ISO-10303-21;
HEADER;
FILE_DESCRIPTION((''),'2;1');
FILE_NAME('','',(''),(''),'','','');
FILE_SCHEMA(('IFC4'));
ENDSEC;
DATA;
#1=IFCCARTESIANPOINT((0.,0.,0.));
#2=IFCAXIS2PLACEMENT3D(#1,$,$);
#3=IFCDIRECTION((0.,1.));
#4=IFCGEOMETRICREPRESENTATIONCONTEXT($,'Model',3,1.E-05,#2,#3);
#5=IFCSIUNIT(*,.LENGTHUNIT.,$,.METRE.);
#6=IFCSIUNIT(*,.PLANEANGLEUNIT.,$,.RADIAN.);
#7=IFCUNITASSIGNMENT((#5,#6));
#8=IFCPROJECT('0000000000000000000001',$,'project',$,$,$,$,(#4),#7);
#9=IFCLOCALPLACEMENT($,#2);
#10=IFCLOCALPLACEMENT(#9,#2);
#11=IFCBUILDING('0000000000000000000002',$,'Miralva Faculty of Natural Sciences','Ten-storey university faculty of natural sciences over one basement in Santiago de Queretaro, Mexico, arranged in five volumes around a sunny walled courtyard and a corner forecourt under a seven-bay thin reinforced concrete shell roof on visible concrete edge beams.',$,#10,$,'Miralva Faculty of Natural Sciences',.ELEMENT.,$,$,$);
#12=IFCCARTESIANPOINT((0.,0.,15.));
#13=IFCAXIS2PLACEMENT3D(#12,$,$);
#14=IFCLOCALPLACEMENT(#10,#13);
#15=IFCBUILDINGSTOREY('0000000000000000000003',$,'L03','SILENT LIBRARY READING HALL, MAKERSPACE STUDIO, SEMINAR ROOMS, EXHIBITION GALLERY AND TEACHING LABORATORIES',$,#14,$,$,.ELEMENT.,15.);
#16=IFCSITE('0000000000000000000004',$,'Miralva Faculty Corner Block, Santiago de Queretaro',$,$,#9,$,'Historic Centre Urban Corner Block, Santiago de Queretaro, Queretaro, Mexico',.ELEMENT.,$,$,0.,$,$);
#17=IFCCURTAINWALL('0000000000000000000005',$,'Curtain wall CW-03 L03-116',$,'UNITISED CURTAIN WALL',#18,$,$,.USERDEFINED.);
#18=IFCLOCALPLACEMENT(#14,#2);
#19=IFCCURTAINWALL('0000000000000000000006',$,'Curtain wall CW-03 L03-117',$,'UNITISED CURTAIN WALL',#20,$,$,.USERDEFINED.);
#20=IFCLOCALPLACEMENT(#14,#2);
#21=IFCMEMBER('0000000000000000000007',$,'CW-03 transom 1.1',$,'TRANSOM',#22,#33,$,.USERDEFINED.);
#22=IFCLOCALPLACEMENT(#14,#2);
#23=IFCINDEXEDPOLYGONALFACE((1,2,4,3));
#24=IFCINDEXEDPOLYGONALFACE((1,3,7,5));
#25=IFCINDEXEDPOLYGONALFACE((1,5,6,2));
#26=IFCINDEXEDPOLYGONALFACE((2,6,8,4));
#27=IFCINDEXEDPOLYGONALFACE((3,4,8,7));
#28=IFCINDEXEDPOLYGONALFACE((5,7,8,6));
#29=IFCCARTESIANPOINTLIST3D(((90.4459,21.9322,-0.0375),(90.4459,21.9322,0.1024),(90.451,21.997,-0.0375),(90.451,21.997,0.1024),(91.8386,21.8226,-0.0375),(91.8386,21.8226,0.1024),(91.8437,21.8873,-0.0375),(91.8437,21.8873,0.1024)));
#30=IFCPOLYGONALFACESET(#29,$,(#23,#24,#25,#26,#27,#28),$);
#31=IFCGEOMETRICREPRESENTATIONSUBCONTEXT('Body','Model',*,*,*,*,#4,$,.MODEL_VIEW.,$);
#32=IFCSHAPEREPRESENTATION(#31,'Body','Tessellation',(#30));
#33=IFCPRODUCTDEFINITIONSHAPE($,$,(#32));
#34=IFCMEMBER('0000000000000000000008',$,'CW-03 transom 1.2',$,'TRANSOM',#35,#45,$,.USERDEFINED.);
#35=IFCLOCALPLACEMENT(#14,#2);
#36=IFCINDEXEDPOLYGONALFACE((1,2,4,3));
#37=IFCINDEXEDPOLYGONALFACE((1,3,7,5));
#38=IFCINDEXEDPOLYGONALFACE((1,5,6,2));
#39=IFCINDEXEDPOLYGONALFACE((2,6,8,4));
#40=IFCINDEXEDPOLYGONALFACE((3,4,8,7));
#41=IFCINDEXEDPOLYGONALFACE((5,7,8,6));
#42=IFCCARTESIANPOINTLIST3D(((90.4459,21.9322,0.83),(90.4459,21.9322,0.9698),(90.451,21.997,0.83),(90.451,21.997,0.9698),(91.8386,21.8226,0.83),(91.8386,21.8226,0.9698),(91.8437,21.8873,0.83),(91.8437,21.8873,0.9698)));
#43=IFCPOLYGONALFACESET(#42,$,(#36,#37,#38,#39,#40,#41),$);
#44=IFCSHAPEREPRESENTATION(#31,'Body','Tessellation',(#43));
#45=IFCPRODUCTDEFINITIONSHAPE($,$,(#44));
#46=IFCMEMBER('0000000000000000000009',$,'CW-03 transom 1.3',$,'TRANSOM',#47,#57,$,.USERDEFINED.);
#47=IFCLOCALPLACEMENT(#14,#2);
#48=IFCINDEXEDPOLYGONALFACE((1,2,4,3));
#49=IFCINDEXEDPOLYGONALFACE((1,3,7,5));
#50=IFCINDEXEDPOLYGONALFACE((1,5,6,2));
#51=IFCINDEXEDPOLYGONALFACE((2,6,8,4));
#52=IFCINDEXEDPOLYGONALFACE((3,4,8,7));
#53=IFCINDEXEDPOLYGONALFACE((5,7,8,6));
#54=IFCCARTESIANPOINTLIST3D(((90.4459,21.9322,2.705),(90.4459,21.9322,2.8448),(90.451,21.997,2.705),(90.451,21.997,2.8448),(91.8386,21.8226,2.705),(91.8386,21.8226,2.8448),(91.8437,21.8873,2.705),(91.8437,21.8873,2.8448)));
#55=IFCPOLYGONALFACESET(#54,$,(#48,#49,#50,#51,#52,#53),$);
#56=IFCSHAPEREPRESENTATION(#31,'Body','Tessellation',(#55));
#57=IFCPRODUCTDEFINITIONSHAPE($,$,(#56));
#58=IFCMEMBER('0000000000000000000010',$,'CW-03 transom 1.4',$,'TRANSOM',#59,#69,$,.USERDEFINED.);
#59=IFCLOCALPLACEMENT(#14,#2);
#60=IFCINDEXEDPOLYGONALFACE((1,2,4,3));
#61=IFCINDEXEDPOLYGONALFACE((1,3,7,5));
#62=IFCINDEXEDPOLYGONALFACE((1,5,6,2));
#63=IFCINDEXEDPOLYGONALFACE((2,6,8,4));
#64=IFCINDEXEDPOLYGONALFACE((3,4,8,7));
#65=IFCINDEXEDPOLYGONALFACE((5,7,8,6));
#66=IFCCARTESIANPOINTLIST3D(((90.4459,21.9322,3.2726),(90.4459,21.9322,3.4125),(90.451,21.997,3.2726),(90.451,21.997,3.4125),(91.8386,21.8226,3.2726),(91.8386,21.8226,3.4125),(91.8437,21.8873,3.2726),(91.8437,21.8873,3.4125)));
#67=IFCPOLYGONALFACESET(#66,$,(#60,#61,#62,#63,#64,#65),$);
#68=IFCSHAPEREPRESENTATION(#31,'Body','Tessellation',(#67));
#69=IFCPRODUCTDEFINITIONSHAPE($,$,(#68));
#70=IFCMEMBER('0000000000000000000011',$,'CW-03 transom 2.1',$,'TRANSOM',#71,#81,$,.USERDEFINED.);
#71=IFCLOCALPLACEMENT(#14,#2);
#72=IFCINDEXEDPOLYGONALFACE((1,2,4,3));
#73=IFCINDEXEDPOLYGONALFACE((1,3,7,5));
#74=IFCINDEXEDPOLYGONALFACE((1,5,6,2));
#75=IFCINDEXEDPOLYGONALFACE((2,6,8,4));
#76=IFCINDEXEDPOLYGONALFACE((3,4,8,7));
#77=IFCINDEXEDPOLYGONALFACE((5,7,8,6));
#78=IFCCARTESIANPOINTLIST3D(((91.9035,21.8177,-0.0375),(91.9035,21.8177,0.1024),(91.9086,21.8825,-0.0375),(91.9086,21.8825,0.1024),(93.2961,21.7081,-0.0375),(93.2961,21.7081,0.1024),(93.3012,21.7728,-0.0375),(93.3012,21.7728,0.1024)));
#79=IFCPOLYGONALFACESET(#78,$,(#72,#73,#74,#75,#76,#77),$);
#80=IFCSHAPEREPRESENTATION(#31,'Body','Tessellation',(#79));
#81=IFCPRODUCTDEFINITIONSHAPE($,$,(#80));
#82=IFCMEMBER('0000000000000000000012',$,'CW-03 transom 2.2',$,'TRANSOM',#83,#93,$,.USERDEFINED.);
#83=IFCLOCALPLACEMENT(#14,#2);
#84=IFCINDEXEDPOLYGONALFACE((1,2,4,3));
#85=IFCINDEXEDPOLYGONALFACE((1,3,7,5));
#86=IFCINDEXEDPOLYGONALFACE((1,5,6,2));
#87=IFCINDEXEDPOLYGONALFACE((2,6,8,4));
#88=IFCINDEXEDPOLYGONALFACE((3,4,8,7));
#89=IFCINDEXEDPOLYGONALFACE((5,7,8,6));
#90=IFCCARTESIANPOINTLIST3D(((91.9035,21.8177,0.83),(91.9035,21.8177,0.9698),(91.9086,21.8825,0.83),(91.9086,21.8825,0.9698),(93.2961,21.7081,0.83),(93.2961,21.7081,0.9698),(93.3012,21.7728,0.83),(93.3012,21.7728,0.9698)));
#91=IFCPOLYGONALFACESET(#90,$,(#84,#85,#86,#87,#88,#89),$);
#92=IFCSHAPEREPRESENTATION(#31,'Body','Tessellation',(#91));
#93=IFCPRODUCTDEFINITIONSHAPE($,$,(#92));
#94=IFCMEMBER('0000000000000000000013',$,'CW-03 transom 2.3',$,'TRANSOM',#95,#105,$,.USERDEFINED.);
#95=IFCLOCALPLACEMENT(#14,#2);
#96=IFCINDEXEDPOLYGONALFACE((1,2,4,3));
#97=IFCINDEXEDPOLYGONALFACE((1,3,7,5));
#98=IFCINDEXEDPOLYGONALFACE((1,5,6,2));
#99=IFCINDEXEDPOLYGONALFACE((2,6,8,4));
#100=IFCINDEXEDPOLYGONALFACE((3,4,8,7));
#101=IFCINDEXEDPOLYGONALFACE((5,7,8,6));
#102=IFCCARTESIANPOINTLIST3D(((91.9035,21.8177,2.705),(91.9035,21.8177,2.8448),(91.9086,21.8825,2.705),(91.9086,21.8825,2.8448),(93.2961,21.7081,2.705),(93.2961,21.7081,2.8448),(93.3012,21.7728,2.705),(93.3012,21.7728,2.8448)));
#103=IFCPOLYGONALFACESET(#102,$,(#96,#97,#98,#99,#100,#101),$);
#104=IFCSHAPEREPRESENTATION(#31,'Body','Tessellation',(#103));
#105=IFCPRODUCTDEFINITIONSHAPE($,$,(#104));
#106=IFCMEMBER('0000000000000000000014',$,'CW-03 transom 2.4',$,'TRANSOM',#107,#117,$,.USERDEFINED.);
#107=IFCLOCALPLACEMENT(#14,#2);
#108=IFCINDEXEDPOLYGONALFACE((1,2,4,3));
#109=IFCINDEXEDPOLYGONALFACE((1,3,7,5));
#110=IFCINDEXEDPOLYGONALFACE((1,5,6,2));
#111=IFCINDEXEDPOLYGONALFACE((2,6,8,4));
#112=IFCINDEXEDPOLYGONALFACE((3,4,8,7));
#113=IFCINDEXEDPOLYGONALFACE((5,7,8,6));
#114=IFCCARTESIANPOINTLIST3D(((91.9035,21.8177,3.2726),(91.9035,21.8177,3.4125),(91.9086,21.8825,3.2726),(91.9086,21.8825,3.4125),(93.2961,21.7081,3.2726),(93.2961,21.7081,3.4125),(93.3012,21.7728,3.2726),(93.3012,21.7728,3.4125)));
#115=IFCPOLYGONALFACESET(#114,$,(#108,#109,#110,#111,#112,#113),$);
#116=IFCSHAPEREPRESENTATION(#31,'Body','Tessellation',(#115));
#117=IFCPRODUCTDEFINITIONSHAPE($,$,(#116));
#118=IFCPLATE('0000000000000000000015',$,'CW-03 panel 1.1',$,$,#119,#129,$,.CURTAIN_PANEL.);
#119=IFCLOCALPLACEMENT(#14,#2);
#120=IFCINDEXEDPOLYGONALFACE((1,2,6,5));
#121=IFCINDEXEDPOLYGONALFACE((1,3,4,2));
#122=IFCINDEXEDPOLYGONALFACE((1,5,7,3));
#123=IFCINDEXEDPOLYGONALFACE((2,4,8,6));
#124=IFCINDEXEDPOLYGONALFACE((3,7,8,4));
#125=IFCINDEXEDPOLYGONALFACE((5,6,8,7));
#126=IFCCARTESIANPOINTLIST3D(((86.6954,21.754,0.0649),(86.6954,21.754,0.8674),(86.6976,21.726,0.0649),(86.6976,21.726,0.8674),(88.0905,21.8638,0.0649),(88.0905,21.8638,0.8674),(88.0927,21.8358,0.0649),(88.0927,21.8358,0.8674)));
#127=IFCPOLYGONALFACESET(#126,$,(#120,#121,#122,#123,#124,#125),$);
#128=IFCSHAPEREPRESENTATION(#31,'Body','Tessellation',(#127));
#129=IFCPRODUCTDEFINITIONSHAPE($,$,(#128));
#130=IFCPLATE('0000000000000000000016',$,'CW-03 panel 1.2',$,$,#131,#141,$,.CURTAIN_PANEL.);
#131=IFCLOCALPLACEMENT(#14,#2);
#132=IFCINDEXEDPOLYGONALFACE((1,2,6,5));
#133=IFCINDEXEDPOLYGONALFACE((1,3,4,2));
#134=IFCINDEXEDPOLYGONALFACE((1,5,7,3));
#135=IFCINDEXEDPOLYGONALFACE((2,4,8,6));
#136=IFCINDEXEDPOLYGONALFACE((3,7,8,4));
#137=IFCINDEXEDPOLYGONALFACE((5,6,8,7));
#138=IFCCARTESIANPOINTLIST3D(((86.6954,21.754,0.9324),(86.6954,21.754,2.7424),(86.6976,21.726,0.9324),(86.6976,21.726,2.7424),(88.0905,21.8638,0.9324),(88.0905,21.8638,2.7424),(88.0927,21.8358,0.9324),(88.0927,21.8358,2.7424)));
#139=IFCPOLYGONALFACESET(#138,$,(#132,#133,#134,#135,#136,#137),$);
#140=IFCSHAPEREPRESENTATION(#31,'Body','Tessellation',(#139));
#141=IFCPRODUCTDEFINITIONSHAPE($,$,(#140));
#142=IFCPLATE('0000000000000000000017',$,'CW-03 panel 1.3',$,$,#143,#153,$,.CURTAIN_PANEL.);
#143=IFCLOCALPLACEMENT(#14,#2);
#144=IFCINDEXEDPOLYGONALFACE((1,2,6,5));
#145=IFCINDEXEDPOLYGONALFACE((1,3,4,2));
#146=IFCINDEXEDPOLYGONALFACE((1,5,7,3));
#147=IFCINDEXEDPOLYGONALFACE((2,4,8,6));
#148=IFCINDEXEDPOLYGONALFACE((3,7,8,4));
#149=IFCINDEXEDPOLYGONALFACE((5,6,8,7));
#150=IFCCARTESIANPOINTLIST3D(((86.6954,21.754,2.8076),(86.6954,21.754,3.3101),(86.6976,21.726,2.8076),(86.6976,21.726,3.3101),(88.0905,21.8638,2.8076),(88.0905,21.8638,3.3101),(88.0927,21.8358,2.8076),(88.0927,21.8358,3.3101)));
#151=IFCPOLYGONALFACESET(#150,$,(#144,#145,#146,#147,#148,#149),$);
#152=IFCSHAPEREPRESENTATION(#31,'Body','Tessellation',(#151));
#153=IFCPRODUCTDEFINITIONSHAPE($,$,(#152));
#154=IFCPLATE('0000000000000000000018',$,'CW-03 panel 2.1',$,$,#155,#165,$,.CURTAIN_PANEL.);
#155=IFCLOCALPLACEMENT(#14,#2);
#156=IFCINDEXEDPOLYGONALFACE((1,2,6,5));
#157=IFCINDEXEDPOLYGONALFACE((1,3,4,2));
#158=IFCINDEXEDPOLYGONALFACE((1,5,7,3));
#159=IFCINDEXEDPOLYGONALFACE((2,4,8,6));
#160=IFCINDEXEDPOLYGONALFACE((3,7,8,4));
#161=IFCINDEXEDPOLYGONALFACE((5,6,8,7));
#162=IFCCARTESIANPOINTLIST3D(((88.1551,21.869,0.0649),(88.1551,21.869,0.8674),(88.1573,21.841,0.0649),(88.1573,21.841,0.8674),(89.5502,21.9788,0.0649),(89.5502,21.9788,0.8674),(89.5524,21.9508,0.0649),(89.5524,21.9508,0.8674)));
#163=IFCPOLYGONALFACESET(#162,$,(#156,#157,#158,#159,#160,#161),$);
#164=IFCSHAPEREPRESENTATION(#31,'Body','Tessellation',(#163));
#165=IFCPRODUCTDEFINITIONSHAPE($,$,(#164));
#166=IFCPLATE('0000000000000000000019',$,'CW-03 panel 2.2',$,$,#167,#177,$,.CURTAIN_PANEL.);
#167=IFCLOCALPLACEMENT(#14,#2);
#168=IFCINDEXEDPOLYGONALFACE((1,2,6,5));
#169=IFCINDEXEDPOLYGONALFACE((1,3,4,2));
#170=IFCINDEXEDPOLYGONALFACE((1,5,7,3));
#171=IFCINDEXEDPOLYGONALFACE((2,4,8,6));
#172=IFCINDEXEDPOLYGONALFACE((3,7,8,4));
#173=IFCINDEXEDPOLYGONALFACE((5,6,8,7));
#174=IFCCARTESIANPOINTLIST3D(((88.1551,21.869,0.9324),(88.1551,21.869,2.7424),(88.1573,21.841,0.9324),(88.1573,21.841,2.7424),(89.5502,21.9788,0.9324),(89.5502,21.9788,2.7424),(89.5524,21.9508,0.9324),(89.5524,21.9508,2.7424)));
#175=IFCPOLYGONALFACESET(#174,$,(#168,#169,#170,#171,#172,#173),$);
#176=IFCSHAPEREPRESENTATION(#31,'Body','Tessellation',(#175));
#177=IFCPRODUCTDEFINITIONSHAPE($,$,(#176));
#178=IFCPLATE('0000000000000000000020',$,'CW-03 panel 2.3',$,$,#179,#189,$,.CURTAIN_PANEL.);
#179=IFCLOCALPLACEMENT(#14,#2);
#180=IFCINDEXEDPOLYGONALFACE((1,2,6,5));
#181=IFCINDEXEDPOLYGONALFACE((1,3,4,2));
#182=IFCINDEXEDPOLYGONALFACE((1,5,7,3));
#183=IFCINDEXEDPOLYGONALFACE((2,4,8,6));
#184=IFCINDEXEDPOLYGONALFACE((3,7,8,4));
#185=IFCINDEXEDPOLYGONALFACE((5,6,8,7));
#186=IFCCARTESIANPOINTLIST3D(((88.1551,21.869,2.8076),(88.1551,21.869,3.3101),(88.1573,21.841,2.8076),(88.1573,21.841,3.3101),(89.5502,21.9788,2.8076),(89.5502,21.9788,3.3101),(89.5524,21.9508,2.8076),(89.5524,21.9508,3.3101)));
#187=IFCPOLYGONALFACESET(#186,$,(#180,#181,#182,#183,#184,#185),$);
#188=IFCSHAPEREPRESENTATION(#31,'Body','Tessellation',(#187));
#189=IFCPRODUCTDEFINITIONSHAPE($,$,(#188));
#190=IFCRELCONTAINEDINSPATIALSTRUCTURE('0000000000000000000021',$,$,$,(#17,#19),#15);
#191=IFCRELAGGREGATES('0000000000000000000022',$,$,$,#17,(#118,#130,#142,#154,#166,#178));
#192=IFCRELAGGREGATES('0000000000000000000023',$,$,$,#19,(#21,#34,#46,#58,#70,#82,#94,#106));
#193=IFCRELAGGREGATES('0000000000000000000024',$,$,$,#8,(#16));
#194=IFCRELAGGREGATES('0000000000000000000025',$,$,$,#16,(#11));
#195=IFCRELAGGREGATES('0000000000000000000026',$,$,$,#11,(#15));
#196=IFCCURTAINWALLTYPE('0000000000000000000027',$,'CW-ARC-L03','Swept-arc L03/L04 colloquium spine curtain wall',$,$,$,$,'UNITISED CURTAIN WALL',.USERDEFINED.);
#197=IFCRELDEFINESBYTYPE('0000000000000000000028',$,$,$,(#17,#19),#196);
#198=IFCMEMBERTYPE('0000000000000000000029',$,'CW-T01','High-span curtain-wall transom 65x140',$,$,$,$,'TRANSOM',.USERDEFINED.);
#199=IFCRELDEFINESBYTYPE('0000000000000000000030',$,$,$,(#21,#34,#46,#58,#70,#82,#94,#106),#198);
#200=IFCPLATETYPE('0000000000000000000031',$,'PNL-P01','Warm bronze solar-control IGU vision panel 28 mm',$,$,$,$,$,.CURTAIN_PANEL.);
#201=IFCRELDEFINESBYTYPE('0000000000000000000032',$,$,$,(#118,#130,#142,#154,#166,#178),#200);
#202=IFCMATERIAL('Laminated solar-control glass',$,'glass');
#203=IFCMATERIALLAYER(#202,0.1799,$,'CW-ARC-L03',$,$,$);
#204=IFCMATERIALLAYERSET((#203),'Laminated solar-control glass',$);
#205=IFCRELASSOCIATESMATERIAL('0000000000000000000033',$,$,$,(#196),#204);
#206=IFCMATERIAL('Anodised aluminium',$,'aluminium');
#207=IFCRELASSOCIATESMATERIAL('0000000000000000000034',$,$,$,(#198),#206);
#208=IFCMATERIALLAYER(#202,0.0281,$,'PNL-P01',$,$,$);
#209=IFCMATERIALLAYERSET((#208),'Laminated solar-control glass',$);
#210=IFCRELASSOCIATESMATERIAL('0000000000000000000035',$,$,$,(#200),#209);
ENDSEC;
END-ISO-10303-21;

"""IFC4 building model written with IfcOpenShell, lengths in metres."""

from ifc_helpers import new_model, si_unit, direction, frame, origin, origin_2d, place, context, subcontext, project, spatial, rectangle, extrude, material, layer, layer_set, material_profile, profile_set, type_object, element, aggregate, save


model = new_model("IFC4")

# Units and contexts
model_context = context("Model", 3, precision=1e-05, world=origin(), true_north=direction((0.0, 1.0)))
body_context = subcontext(model_context, "Body", "Model", "MODEL_VIEW")
ifc_project = project(units=[si_unit("LENGTHUNIT", "METRE"), si_unit("PLANEANGLEUNIT", "RADIAN")], contexts=[model_context])

# Site, building, storey
site_placement = place(None, origin())
site = spatial("IfcSite", under=ifc_project, at=site_placement, Name="Miralva Faculty Corner Block, Santiago de Queretaro", LongName="Historic Centre Urban Corner Block, Santiago de Queretaro, Queretaro, Mexico", CompositionType="ELEMENT", RefElevation=0.0)
building_placement = place(site_placement, origin())
building = spatial("IfcBuilding", under=site, at=building_placement, Name="Miralva Faculty of Natural Sciences", Description="Ten-storey university faculty of natural sciences over one basement in Santiago de Queretaro, Mexico, arranged in five volumes around a sunny walled courtyard and a corner forecourt under a seven-bay thin reinforced concrete shell roof on visible concrete edge beams.", LongName="Miralva Faculty of Natural Sciences", CompositionType="ELEMENT")
storey_placement = place(building_placement, frame((0.0, 0.0, 15.0)))
storey = spatial("IfcBuildingStorey", under=building, at=storey_placement, Name="L03", Description="SILENT LIBRARY READING HALL, MAKERSPACE STUDIO, SEMINAR ROOMS, EXHIBITION GALLERY AND TEACHING LABORATORIES", CompositionType="ELEMENT", Elevation=15.0)

# Curtain walls
ifc_material_1 = material(Name="Laminated solar-control glass", Category="glass")
ifc_layer_1 = layer(ifc_material_1, 0.1799, Name="CW-ARC-L03")
ifc_layer_set_1 = layer_set([ifc_layer_1], Name="Laminated solar-control glass")
curtain_wall_type = type_object("IfcCurtainWallType", Name="CW-ARC-L03", Description="Swept-arc L03/L04 colloquium spine curtain wall", ElementType="UNITISED CURTAIN WALL", PredefinedType="USERDEFINED", material=ifc_layer_set_1)
curtain_wall_1_placement = place(storey_placement, origin())
curtain_wall_1 = element("IfcCurtainWall", 1, at=curtain_wall_1_placement, inside=storey, type_object=curtain_wall_type, Name="Curtain wall CW-03 L03-116", ObjectType="UNITISED CURTAIN WALL", PredefinedType="USERDEFINED")
ifc_material_2 = material(Name="Anodised aluminium", Category="aluminium")
curtain_wall_2_placement = place(storey_placement, origin())
curtain_wall_2 = element("IfcCurtainWall", 2, at=curtain_wall_2_placement, inside=storey, type_object=curtain_wall_type, Name="Curtain wall CW-03 L03-117", ObjectType="UNITISED CURTAIN WALL", PredefinedType="USERDEFINED")

# Members
ifc_material_profile_1 = material_profile(ifc_material_2, rectangle(XDim=0.0649, YDim=0.1399, at=origin_2d()), Name="TRANSOM 65x140")
ifc_profile_set_1 = profile_set([ifc_material_profile_1], Name="Anodised aluminium")
member_type_1 = type_object("IfcMemberType", Name="CW-T01", Description="High-span curtain-wall transom 65x140", ElementType="TRANSOM", PredefinedType="USERDEFINED", material=ifc_profile_set_1)
member_1_placement = place(storey_placement, frame((90.4485, 21.9646, 0.0325), z_axis=(0.996916, -0.078474, 0.0), x_axis=(0.078474, 0.996916, 0.0)))
member_1 = element("IfcMember", 3, at=member_1_placement, type_object=member_type_1, Name="CW-03 transom 1.1", ObjectType="TRANSOM", PredefinedType="USERDEFINED", context=body_context, shape_type="SweptSolid", body=[
    extrude(rectangle(XDim=0.0649, YDim=0.1399, at=origin_2d()), origin(), (0.0, 0.0, 1.0), 1.397),
])
member_2_placement = place(storey_placement, frame((90.4485, 21.9646, 0.8999), z_axis=(0.996916, -0.078474, 0.0), x_axis=(0.078474, 0.996916, 0.0)))
member_2 = element("IfcMember", 4, at=member_2_placement, type_object=member_type_1, Name="CW-03 transom 1.2", ObjectType="TRANSOM", PredefinedType="USERDEFINED", context=body_context, shape_type="SweptSolid", body=[
    extrude(rectangle(XDim=0.0649, YDim=0.1399, at=origin_2d()), origin(), (0.0, 0.0, 1.0), 1.397),
])
member_3_placement = place(storey_placement, frame((90.4485, 21.9646, 2.7749), z_axis=(0.996916, -0.078474, 0.0), x_axis=(0.078474, 0.996916, 0.0)))
member_3 = element("IfcMember", 5, at=member_3_placement, type_object=member_type_1, Name="CW-03 transom 1.3", ObjectType="TRANSOM", PredefinedType="USERDEFINED", context=body_context, shape_type="SweptSolid", body=[
    extrude(rectangle(XDim=0.0649, YDim=0.1399, at=origin_2d()), origin(), (0.0, 0.0, 1.0), 1.397),
])
member_4_placement = place(storey_placement, frame((90.4485, 21.9646, 3.3425), z_axis=(0.996916, -0.078474, 0.0), x_axis=(0.078474, 0.996916, 0.0)))
member_4 = element("IfcMember", 6, at=member_4_placement, type_object=member_type_1, Name="CW-03 transom 1.4", ObjectType="TRANSOM", PredefinedType="USERDEFINED", context=body_context, shape_type="SweptSolid", body=[
    extrude(rectangle(XDim=0.0649, YDim=0.1399, at=origin_2d()), origin(), (0.0, 0.0, 1.0), 1.397),
])
member_5_placement = place(storey_placement, frame((91.906, 21.8501, 0.0325), z_axis=(0.996916, -0.078474, 0.0), x_axis=(0.078474, 0.996916, 0.0)))
member_5 = element("IfcMember", 7, at=member_5_placement, type_object=member_type_1, Name="CW-03 transom 2.1", ObjectType="TRANSOM", PredefinedType="USERDEFINED", context=body_context, shape_type="SweptSolid", body=[
    extrude(rectangle(XDim=0.0649, YDim=0.1399, at=origin_2d()), origin(), (0.0, 0.0, 1.0), 1.397),
])
member_6_placement = place(storey_placement, frame((91.906, 21.8501, 0.8999), z_axis=(0.996916, -0.078474, 0.0), x_axis=(0.078474, 0.996916, 0.0)))
member_6 = element("IfcMember", 8, at=member_6_placement, type_object=member_type_1, Name="CW-03 transom 2.2", ObjectType="TRANSOM", PredefinedType="USERDEFINED", context=body_context, shape_type="SweptSolid", body=[
    extrude(rectangle(XDim=0.0649, YDim=0.1399, at=origin_2d()), origin(), (0.0, 0.0, 1.0), 1.397),
])
member_7_placement = place(storey_placement, frame((91.906, 21.8501, 2.7749), z_axis=(0.996916, -0.078474, 0.0), x_axis=(0.078474, 0.996916, 0.0)))
member_7 = element("IfcMember", 9, at=member_7_placement, type_object=member_type_1, Name="CW-03 transom 2.3", ObjectType="TRANSOM", PredefinedType="USERDEFINED", context=body_context, shape_type="SweptSolid", body=[
    extrude(rectangle(XDim=0.0649, YDim=0.1399, at=origin_2d()), origin(), (0.0, 0.0, 1.0), 1.397),
])
member_8_placement = place(storey_placement, frame((91.906, 21.8501, 3.3425), z_axis=(0.996916, -0.078474, 0.0), x_axis=(0.078474, 0.996916, 0.0)))
member_8 = element("IfcMember", 10, at=member_8_placement, type_object=member_type_1, Name="CW-03 transom 2.4", ObjectType="TRANSOM", PredefinedType="USERDEFINED", context=body_context, shape_type="SweptSolid", body=[
    extrude(rectangle(XDim=0.0649, YDim=0.1399, at=origin_2d()), origin(), (0.0, 0.0, 1.0), 1.397),
])

# Plates
ifc_layer_2 = layer(ifc_material_1, 0.0281, Name="PNL-P01")
ifc_layer_set_2 = layer_set([ifc_layer_2], Name="Laminated solar-control glass")
plate_type = type_object("IfcPlateType", Name="PNL-P01", Description="Warm bronze solar-control IGU vision panel 28 mm", PredefinedType="CURTAIN_PANEL", material=ifc_layer_set_2)
plate_1_placement = place(storey_placement, frame((87.394, 21.7949, 0.0649), z_axis=(0.0, 0.0, 1.0), x_axis=(0.996917, 0.078464, 0.0)))
plate_1 = element("IfcPlate", 11, at=plate_1_placement, type_object=plate_type, Name="CW-03 panel 1.1", PredefinedType="CURTAIN_PANEL", context=body_context, shape_type="SweptSolid", body=[
    extrude(rectangle(XDim=1.3994, YDim=0.0281, at=origin_2d()), origin(), (0.0, 0.0, 1.0), 0.8025),
])
plate_2_placement = place(storey_placement, frame((87.394, 21.7949, 0.9324), z_axis=(0.0, 0.0, 1.0), x_axis=(0.996917, 0.078464, 0.0)))
plate_2 = element("IfcPlate", 12, at=plate_2_placement, type_object=plate_type, Name="CW-03 panel 1.2", PredefinedType="CURTAIN_PANEL", context=body_context, shape_type="SweptSolid", body=[
    extrude(rectangle(XDim=1.3994, YDim=0.0281, at=origin_2d()), origin(), (0.0, 0.0, 1.0), 1.8101),
])
plate_3_placement = place(storey_placement, frame((87.394, 21.7949, 2.8076), z_axis=(0.0, 0.0, 1.0), x_axis=(0.996917, 0.078464, 0.0)))
plate_3 = element("IfcPlate", 13, at=plate_3_placement, type_object=plate_type, Name="CW-03 panel 1.3", PredefinedType="CURTAIN_PANEL", context=body_context, shape_type="SweptSolid", body=[
    extrude(rectangle(XDim=1.3994, YDim=0.0281, at=origin_2d()), origin(), (0.0, 0.0, 1.0), 0.5024),
])
plate_4_placement = place(storey_placement, frame((88.8538, 21.9099, 0.0649), z_axis=(0.0, 0.0, 1.0), x_axis=(0.996917, 0.078464, 0.0)))
plate_4 = element("IfcPlate", 14, at=plate_4_placement, type_object=plate_type, Name="CW-03 panel 2.1", PredefinedType="CURTAIN_PANEL", context=body_context, shape_type="SweptSolid", body=[
    extrude(rectangle(XDim=1.3994, YDim=0.0281, at=origin_2d()), origin(), (0.0, 0.0, 1.0), 0.8025),
])
plate_5_placement = place(storey_placement, frame((88.8538, 21.9099, 0.9324), z_axis=(0.0, 0.0, 1.0), x_axis=(0.996917, 0.078464, 0.0)))
plate_5 = element("IfcPlate", 15, at=plate_5_placement, type_object=plate_type, Name="CW-03 panel 2.2", PredefinedType="CURTAIN_PANEL", context=body_context, shape_type="SweptSolid", body=[
    extrude(rectangle(XDim=1.3994, YDim=0.0281, at=origin_2d()), origin(), (0.0, 0.0, 1.0), 1.8101),
])
plate_6_placement = place(storey_placement, frame((88.8538, 21.9099, 2.8076), z_axis=(0.0, 0.0, 1.0), x_axis=(0.996917, 0.078464, 0.0)))
plate_6 = element("IfcPlate", 16, at=plate_6_placement, type_object=plate_type, Name="CW-03 panel 2.3", PredefinedType="CURTAIN_PANEL", context=body_context, shape_type="SweptSolid", body=[
    extrude(rectangle(XDim=1.3994, YDim=0.0281, at=origin_2d()), origin(), (0.0, 0.0, 1.0), 0.5024),
])
aggregate(curtain_wall_1, [plate_1, plate_2, plate_3, plate_4, plate_5, plate_6])
aggregate(curtain_wall_2, [member_1, member_2, member_3, member_4, member_5, member_6, member_7, member_8])

save(model, "model.ifc")
